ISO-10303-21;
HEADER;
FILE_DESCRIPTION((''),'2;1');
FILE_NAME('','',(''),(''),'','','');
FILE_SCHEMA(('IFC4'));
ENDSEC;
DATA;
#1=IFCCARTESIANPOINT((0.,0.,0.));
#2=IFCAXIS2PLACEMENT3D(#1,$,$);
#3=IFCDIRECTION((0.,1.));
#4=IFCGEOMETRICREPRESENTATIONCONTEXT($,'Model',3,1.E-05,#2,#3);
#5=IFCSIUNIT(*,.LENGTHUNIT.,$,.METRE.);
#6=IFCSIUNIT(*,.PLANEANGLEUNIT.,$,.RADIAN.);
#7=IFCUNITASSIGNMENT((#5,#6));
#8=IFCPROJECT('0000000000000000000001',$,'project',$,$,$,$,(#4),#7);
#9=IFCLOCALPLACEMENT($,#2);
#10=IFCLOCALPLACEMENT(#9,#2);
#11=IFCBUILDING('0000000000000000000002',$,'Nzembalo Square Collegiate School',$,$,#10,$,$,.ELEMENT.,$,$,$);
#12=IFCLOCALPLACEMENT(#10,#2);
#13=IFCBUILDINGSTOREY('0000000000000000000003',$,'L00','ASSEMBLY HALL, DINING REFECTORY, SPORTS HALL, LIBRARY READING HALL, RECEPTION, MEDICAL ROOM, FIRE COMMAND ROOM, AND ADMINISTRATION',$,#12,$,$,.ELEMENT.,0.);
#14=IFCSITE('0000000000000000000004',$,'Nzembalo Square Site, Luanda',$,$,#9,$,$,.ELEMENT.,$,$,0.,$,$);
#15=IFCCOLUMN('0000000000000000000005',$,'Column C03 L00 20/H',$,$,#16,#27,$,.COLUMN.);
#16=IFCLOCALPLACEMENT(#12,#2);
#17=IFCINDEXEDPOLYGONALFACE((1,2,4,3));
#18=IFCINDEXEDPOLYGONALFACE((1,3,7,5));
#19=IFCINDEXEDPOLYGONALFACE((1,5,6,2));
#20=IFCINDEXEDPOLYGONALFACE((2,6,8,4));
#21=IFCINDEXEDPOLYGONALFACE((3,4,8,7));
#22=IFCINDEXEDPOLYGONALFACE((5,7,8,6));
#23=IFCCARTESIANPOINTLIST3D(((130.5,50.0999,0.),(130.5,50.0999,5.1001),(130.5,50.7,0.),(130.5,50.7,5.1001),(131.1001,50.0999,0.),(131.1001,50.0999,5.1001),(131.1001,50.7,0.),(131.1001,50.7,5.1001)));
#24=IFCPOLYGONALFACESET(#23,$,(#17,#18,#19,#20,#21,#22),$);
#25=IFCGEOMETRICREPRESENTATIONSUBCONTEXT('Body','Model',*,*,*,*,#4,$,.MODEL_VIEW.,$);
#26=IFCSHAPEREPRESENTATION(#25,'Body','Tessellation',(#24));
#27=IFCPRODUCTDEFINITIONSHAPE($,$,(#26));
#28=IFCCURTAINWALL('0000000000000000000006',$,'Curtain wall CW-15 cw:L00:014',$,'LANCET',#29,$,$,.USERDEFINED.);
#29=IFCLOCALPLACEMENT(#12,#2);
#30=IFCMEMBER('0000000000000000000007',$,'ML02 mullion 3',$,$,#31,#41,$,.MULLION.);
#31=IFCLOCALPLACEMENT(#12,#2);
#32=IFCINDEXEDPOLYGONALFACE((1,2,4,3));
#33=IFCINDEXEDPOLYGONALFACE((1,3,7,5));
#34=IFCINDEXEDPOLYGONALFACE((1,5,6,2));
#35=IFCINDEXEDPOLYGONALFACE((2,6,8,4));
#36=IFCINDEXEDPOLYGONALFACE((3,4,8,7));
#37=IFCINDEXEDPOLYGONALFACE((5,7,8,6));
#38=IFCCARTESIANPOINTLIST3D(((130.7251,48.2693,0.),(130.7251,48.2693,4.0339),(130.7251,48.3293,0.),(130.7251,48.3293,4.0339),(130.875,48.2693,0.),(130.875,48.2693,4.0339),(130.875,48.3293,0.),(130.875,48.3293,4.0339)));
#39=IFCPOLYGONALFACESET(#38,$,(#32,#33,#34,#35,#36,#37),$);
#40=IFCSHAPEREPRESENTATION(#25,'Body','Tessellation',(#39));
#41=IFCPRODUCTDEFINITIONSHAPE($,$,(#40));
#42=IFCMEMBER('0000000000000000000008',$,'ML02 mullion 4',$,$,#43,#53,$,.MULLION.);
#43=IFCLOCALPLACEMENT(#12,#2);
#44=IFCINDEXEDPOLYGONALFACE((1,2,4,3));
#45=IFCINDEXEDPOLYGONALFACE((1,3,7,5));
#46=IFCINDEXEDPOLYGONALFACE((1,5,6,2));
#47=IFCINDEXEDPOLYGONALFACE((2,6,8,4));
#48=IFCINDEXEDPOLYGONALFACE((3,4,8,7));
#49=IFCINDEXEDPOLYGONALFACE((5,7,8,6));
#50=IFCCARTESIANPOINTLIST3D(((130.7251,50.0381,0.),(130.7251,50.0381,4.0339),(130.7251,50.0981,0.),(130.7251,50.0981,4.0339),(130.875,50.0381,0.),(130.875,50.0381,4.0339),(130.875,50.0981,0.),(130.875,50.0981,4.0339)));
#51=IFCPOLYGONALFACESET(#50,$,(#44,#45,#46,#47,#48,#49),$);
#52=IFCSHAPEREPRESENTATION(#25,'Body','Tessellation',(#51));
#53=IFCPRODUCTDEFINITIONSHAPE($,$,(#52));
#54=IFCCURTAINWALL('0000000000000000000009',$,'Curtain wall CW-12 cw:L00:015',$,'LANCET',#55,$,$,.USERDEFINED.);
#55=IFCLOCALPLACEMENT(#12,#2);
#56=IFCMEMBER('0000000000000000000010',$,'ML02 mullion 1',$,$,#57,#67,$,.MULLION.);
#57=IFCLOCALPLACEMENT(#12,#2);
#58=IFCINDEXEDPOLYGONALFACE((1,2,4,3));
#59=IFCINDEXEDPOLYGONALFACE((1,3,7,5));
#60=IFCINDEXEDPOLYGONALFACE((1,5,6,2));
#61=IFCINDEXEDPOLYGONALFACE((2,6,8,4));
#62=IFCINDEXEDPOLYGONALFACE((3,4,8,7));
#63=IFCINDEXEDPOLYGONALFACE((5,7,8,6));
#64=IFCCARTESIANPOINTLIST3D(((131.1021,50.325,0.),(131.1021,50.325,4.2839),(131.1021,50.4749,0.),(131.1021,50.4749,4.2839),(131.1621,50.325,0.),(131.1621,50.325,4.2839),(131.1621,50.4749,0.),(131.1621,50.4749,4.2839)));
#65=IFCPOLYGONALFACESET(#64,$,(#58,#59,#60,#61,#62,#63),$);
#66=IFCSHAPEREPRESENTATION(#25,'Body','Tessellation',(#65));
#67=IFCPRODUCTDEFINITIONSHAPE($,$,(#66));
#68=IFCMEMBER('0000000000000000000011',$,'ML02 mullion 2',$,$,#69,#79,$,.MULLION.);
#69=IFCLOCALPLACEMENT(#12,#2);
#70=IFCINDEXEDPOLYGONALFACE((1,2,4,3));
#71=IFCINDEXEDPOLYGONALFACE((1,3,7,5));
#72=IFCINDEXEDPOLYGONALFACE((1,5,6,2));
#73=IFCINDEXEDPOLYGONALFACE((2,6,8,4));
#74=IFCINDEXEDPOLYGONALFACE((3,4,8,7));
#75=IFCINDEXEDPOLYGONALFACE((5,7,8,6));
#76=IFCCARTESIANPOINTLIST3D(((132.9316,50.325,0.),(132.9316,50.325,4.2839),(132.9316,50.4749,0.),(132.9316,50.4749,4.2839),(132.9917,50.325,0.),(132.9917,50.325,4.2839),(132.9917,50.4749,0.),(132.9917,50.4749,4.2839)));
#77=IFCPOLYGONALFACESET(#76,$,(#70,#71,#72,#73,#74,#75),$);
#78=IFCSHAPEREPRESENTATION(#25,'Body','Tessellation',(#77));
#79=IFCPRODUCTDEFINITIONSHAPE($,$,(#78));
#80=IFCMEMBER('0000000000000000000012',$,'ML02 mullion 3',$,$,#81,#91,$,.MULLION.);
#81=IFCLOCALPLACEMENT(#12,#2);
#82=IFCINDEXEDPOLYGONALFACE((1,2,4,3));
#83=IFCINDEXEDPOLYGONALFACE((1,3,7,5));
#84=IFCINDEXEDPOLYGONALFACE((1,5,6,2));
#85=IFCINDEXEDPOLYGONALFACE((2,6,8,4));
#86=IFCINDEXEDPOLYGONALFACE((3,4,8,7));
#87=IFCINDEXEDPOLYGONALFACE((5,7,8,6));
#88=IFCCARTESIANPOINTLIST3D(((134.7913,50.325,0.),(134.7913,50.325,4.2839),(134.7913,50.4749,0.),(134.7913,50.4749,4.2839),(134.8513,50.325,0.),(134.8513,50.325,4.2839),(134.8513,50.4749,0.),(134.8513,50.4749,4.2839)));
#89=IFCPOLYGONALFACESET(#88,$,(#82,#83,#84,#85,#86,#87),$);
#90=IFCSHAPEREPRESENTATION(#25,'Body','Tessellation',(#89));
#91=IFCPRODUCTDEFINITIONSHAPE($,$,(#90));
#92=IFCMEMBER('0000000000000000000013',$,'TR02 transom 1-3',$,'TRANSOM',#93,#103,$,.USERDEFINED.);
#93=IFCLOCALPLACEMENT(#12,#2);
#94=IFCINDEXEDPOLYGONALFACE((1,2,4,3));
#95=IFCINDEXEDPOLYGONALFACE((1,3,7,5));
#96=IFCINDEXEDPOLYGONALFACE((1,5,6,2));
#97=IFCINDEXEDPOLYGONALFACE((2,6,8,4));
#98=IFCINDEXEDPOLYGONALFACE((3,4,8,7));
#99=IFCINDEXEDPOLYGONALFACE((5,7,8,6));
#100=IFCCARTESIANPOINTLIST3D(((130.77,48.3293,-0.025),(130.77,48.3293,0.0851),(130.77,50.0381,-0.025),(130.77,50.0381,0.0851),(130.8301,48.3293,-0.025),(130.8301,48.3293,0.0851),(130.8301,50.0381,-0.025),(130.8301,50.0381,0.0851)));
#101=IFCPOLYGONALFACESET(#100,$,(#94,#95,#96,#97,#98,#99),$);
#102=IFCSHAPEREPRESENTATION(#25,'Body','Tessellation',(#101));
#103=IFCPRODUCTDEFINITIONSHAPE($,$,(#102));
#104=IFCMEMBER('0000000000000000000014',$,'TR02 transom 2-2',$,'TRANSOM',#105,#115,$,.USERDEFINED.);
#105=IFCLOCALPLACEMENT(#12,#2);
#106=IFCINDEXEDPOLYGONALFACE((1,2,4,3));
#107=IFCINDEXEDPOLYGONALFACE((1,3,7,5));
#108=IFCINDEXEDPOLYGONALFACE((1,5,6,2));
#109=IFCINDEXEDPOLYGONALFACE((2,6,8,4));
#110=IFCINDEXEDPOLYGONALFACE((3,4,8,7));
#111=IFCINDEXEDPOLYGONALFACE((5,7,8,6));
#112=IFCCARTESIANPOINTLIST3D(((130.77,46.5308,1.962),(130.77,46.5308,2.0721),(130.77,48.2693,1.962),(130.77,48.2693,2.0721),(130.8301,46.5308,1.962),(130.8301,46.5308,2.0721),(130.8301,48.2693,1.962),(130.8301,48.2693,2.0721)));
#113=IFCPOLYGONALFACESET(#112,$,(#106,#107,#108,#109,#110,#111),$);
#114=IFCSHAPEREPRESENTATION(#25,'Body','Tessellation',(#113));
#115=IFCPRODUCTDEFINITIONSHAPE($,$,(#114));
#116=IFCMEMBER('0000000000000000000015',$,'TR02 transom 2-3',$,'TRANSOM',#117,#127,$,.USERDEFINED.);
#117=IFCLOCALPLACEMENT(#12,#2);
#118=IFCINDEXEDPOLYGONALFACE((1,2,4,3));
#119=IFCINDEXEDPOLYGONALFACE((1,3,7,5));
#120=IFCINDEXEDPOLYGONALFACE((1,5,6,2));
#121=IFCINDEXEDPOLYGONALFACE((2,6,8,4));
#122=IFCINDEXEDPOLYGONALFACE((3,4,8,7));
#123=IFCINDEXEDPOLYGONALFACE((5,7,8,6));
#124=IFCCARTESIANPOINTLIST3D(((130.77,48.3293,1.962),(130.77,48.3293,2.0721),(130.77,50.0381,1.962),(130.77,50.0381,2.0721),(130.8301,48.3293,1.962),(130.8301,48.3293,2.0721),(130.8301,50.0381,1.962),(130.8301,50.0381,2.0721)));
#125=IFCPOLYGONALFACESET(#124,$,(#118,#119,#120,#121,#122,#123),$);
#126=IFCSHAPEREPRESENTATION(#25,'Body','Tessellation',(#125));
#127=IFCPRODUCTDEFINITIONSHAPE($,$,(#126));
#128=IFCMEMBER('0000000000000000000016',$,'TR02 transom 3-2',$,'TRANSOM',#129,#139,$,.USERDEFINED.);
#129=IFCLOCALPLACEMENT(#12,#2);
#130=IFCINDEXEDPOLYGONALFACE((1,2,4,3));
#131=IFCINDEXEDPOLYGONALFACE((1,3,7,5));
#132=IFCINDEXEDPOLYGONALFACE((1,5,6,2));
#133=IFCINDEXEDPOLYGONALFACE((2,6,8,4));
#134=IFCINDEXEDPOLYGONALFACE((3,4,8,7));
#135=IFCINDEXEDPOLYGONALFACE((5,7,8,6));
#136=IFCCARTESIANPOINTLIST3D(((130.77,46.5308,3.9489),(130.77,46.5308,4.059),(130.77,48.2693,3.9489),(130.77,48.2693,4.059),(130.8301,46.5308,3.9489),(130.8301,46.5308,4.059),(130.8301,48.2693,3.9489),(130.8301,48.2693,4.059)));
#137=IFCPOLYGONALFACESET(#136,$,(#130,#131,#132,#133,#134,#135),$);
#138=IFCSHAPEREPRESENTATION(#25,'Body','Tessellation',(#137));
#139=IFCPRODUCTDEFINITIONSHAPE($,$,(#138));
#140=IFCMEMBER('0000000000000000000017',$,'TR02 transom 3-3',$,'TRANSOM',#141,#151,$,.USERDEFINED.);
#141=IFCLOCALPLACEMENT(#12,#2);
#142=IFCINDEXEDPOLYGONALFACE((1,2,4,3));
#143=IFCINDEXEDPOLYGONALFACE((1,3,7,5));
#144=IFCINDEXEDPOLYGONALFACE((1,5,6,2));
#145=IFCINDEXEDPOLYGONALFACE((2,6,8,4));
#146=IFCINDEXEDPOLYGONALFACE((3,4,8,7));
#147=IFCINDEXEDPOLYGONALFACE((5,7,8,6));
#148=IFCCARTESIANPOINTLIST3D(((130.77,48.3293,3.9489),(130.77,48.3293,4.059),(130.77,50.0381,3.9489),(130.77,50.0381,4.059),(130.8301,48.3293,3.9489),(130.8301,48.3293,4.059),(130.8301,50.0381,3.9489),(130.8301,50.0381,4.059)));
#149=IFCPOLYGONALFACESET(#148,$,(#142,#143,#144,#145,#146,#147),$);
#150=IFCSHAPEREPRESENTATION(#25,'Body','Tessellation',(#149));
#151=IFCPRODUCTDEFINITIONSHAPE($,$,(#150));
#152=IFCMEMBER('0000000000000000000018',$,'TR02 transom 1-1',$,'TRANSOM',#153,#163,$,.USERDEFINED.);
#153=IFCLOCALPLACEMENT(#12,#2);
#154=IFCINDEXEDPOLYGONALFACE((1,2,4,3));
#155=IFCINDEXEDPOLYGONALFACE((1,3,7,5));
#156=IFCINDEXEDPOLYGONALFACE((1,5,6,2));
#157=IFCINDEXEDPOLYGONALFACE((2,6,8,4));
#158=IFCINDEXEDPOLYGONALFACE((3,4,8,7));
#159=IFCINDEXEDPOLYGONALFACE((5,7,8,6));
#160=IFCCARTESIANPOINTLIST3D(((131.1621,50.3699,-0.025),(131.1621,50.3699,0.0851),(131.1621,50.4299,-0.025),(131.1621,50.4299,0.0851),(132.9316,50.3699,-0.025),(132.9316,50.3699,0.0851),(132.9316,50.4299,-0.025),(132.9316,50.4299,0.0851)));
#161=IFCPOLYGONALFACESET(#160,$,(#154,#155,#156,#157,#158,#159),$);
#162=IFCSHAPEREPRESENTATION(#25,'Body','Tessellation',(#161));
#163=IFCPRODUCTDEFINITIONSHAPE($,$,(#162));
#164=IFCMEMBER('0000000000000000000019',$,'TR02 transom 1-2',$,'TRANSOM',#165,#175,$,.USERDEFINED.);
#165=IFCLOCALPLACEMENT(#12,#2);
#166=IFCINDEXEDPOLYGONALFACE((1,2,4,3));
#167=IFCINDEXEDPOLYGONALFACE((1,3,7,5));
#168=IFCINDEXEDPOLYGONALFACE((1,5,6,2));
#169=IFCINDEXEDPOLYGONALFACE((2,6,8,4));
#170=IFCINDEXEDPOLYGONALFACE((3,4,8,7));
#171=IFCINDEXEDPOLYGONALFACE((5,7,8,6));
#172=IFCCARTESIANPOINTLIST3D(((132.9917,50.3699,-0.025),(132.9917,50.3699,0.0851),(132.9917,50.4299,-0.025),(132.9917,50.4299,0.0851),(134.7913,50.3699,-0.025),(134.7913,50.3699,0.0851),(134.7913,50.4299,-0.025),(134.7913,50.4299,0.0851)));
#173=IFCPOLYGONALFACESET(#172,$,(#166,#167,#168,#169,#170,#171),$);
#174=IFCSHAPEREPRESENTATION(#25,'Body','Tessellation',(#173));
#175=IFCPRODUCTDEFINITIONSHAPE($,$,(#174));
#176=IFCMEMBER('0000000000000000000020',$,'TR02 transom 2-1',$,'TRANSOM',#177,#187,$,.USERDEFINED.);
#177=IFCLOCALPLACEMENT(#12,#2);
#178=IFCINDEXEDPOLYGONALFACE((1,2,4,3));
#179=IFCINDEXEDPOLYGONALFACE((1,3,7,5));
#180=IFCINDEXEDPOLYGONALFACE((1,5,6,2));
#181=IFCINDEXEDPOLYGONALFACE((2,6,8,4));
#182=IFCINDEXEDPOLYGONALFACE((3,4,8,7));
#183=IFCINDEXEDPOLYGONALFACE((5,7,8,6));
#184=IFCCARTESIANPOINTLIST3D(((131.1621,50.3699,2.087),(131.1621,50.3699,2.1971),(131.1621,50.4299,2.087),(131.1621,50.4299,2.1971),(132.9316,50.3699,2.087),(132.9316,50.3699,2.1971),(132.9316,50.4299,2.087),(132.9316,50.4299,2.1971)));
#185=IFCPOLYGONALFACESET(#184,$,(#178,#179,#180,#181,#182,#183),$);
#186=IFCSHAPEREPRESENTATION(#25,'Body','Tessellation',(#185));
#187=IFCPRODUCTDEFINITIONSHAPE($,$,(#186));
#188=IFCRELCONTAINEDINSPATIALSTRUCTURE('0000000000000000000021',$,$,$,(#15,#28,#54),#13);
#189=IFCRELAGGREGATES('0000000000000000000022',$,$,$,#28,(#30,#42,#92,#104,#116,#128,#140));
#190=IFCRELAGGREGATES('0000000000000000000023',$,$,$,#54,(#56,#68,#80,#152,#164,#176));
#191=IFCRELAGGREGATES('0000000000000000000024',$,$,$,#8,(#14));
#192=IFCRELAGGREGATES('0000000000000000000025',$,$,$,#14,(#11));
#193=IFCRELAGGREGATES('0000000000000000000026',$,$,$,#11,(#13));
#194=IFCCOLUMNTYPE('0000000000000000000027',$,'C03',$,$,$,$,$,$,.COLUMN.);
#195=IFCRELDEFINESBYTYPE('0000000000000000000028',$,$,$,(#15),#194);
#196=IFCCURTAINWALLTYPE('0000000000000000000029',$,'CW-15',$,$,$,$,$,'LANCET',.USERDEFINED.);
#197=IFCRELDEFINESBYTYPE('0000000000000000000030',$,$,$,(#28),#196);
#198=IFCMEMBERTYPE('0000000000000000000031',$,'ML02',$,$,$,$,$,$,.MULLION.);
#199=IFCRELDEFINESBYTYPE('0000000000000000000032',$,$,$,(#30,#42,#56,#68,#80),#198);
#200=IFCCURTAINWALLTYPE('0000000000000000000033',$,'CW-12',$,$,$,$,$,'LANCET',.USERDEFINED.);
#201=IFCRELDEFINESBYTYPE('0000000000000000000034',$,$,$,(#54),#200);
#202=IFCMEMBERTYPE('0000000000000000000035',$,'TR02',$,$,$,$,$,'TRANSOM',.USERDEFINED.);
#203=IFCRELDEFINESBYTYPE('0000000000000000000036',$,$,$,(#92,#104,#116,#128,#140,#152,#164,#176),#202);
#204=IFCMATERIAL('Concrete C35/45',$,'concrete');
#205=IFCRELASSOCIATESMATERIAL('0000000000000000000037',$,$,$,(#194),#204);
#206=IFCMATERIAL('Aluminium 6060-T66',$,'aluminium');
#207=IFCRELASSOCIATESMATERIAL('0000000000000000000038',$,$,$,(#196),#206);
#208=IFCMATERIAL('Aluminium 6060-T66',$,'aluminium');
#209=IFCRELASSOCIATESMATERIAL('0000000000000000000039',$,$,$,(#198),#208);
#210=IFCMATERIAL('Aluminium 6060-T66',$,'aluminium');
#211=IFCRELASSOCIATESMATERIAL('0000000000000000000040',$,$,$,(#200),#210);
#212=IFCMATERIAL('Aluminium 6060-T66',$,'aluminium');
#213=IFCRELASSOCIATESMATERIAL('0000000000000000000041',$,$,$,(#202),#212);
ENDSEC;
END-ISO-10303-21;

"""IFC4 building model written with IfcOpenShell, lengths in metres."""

from ifc_helpers import new_model, si_unit, direction, frame, origin, origin_2d, place, context, subcontext, project, spatial, rectangle, extrude, material, material_profile, profile_set, type_object, element, aggregate, save


model = new_model("IFC4")

# Units and contexts
model_context = context("Model", 3, precision=1e-05, world=origin(), true_north=direction((0.0, 1.0)))
body_context = subcontext(model_context, "Body", "Model", "MODEL_VIEW")
ifc_project = project(units=[si_unit("LENGTHUNIT", "METRE"), si_unit("PLANEANGLEUNIT", "RADIAN")], contexts=[model_context])

# Site, building, storey
site_placement = place(None, origin())
site = spatial("IfcSite", under=ifc_project, at=site_placement, Name="Nzembalo Square Site, Luanda", CompositionType="ELEMENT", RefElevation=0.0)
building_placement = place(site_placement, origin())
building = spatial("IfcBuilding", under=site, at=building_placement, Name="Nzembalo Square Collegiate School", CompositionType="ELEMENT")
storey_placement = place(building_placement, origin())
storey = spatial("IfcBuildingStorey", under=building, at=storey_placement, Name="L00", Description="ASSEMBLY HALL, DINING REFECTORY, SPORTS HALL, LIBRARY READING HALL, RECEPTION, MEDICAL ROOM, FIRE COMMAND ROOM, AND ADMINISTRATION", CompositionType="ELEMENT", Elevation=0.0)

# Column
ifc_material_1 = material(Name="Concrete C35/45", Category="concrete")
ifc_material_profile_1 = material_profile(ifc_material_1, rectangle(XDim=0.6001, YDim=0.6001, at=origin_2d()), Name="RC 600x600")
ifc_profile_set_1 = profile_set([ifc_material_profile_1], Name="Concrete C35/45")
column_type = type_object("IfcColumnType", Name="C03", PredefinedType="COLUMN", material=ifc_profile_set_1)
column_placement = place(storey_placement, frame((130.8, 50.3999, 0.0), z_axis=(0.0, 0.0, 1.0), x_axis=(1.0, 0.0, 0.0)))
element("IfcColumn", 1, at=column_placement, inside=storey, type_object=column_type, Name="Column C03 L00 20/H", PredefinedType="COLUMN", context=body_context, shape_type="SweptSolid", body=[
    extrude(rectangle(XDim=0.6001, YDim=0.6001, at=origin_2d()), origin(), (0.0, 0.0, 1.0), 5.1001),
])

# Curtain walls, members
ifc_material_2 = material(Name="Aluminium 6060-T66", Category="aluminium")
curtain_wall_type_1 = type_object("IfcCurtainWallType", Name="CW-15", ElementType="LANCET", PredefinedType="USERDEFINED", material=ifc_material_2)
curtain_wall_1_placement = place(storey_placement, origin())
curtain_wall_1 = element("IfcCurtainWall", 2, at=curtain_wall_1_placement, inside=storey, type_object=curtain_wall_type_1, Name="Curtain wall CW-15 cw:L00:014", ObjectType="LANCET", PredefinedType="USERDEFINED")
ifc_material_3 = material(Name="Aluminium 6060-T66", Category="aluminium")
ifc_material_profile_2 = material_profile(ifc_material_3, rectangle(XDim=0.0601, YDim=0.1499, at=origin_2d()), Name="ALU M60x150")
ifc_profile_set_2 = profile_set([ifc_material_profile_2], Name="Aluminium 6060-T66")
member_type_1 = type_object("IfcMemberType", Name="ML02", PredefinedType="MULLION", material=ifc_profile_set_2)
member_1_placement = place(storey_placement, frame((130.8, 48.2993, 0.0), z_axis=(0.0, 0.0, 1.0), x_axis=(0.0, 1.0, 0.0)))
member_1 = element("IfcMember", 3, at=member_1_placement, type_object=member_type_1, Name="ML02 mullion 3", PredefinedType="MULLION", context=body_context, shape_type="SweptSolid", body=[
    extrude(rectangle(XDim=0.0601, YDim=0.1499, at=origin_2d()), origin(), (0.0, 0.0, 1.0), 4.0339),
])
member_2_placement = place(storey_placement, frame((130.8, 50.0681, 0.0), z_axis=(0.0, 0.0, 1.0), x_axis=(0.0, 1.0, 0.0)))
member_2 = element("IfcMember", 4, at=member_2_placement, type_object=member_type_1, Name="ML02 mullion 4", PredefinedType="MULLION", context=body_context, shape_type="SweptSolid", body=[
    extrude(rectangle(XDim=0.0601, YDim=0.1499, at=origin_2d()), origin(), (0.0, 0.0, 1.0), 4.0339),
])
ifc_material_4 = material(Name="Aluminium 6060-T66", Category="aluminium")
curtain_wall_type_2 = type_object("IfcCurtainWallType", Name="CW-12", ElementType="LANCET", PredefinedType="USERDEFINED", material=ifc_material_4)
curtain_wall_2_placement = place(storey_placement, origin())
curtain_wall_2 = element("IfcCurtainWall", 5, at=curtain_wall_2_placement, inside=storey, type_object=curtain_wall_type_2, Name="Curtain wall CW-12 cw:L00:015", ObjectType="LANCET", PredefinedType="USERDEFINED")
member_3_placement = place(storey_placement, frame((131.1321, 50.3999, 0.0), z_axis=(0.0, 0.0, 1.0), x_axis=(1.0, 0.0, 0.0)))
member_3 = element("IfcMember", 6, at=member_3_placement, type_object=member_type_1, Name="ML02 mullion 1", PredefinedType="MULLION", context=body_context, shape_type="SweptSolid", body=[
    extrude(rectangle(XDim=0.0601, YDim=0.1499, at=origin_2d()), origin(), (0.0, 0.0, 1.0), 4.2839),
])
member_4_placement = place(storey_placement, frame((132.9617, 50.3999, 0.0), z_axis=(0.0, 0.0, 1.0), x_axis=(1.0, 0.0, 0.0)))
member_4 = element("IfcMember", 7, at=member_4_placement, type_object=member_type_1, Name="ML02 mullion 2", PredefinedType="MULLION", context=body_context, shape_type="SweptSolid", body=[
    extrude(rectangle(XDim=0.0601, YDim=0.1499, at=origin_2d()), origin(), (0.0, 0.0, 1.0), 4.2839),
])
member_5_placement = place(storey_placement, frame((134.8213, 50.3999, 0.0), z_axis=(0.0, 0.0, 1.0), x_axis=(1.0, 0.0, 0.0)))
member_5 = element("IfcMember", 8, at=member_5_placement, type_object=member_type_1, Name="ML02 mullion 3", PredefinedType="MULLION", context=body_context, shape_type="SweptSolid", body=[
    extrude(rectangle(XDim=0.0601, YDim=0.1499, at=origin_2d()), origin(), (0.0, 0.0, 1.0), 4.2839),
])

# Members
ifc_material_5 = material(Name="Aluminium 6060-T66", Category="aluminium")
ifc_material_profile_3 = material_profile(ifc_material_5, rectangle(XDim=0.0601, YDim=0.1101, at=origin_2d()), Name="ALU T60x110")
ifc_profile_set_3 = profile_set([ifc_material_profile_3], Name="Aluminium 6060-T66")
member_type_2 = type_object("IfcMemberType", Name="TR02", ElementType="TRANSOM", PredefinedType="USERDEFINED", material=ifc_profile_set_3)
member_6_placement = place(storey_placement, frame((130.8, 48.3293, 0.03), z_axis=(0.0, 1.0, 0.0), x_axis=(-1.0, 0.0, 0.0)))
member_6 = element("IfcMember", 9, at=member_6_placement, type_object=member_type_2, Name="TR02 transom 1-3", ObjectType="TRANSOM", PredefinedType="USERDEFINED", context=body_context, shape_type="SweptSolid", body=[
    extrude(rectangle(XDim=0.0601, YDim=0.1101, at=origin_2d()), origin(), (0.0, 0.0, 1.0), 1.7087),
])
member_7_placement = place(storey_placement, frame((130.8, 46.5308, 2.0171), z_axis=(0.0, 1.0, 0.0), x_axis=(-1.0, 0.0, 0.0)))
member_7 = element("IfcMember", 10, at=member_7_placement, type_object=member_type_2, Name="TR02 transom 2-2", ObjectType="TRANSOM", PredefinedType="USERDEFINED", context=body_context, shape_type="SweptSolid", body=[
    extrude(rectangle(XDim=0.0601, YDim=0.1101, at=origin_2d()), origin(), (0.0, 0.0, 1.0), 1.7385),
])
member_8_placement = place(storey_placement, frame((130.8, 48.3293, 2.0171), z_axis=(0.0, 1.0, 0.0), x_axis=(-1.0, 0.0, 0.0)))
member_8 = element("IfcMember", 11, at=member_8_placement, type_object=member_type_2, Name="TR02 transom 2-3", ObjectType="TRANSOM", PredefinedType="USERDEFINED", context=body_context, shape_type="SweptSolid", body=[
    extrude(rectangle(XDim=0.0601, YDim=0.1101, at=origin_2d()), origin(), (0.0, 0.0, 1.0), 1.7087),
])
member_9_placement = place(storey_placement, frame((130.8, 46.5308, 4.0039), z_axis=(0.0, 1.0, 0.0), x_axis=(-1.0, 0.0, 0.0)))
member_9 = element("IfcMember", 12, at=member_9_placement, type_object=member_type_2, Name="TR02 transom 3-2", ObjectType="TRANSOM", PredefinedType="USERDEFINED", context=body_context, shape_type="SweptSolid", body=[
    extrude(rectangle(XDim=0.0601, YDim=0.1101, at=origin_2d()), origin(), (0.0, 0.0, 1.0), 1.7385),
])
member_10_placement = place(storey_placement, frame((130.8, 48.3293, 4.0039), z_axis=(0.0, 1.0, 0.0), x_axis=(-1.0, 0.0, 0.0)))
member_10 = element("IfcMember", 13, at=member_10_placement, type_object=member_type_2, Name="TR02 transom 3-3", ObjectType="TRANSOM", PredefinedType="USERDEFINED", context=body_context, shape_type="SweptSolid", body=[
    extrude(rectangle(XDim=0.0601, YDim=0.1101, at=origin_2d()), origin(), (0.0, 0.0, 1.0), 1.7087),
])
member_11_placement = place(storey_placement, frame((131.1621, 50.3999, 0.03), z_axis=(1.0, 0.0, 0.0), x_axis=(0.0, 1.0, 0.0)))
member_11 = element("IfcMember", 14, at=member_11_placement, type_object=member_type_2, Name="TR02 transom 1-1", ObjectType="TRANSOM", PredefinedType="USERDEFINED", context=body_context, shape_type="SweptSolid", body=[
    extrude(rectangle(XDim=0.0601, YDim=0.1101, at=origin_2d()), origin(), (0.0, 0.0, 1.0), 1.7695),
])
member_12_placement = place(storey_placement, frame((132.9917, 50.3999, 0.03), z_axis=(1.0, 0.0, 0.0), x_axis=(0.0, 1.0, 0.0)))
member_12 = element("IfcMember", 15, at=member_12_placement, type_object=member_type_2, Name="TR02 transom 1-2", ObjectType="TRANSOM", PredefinedType="USERDEFINED", context=body_context, shape_type="SweptSolid", body=[
    extrude(rectangle(XDim=0.0601, YDim=0.1101, at=origin_2d()), origin(), (0.0, 0.0, 1.0), 1.7996),
])
member_13_placement = place(storey_placement, frame((131.1621, 50.3999, 2.1421), z_axis=(1.0, 0.0, 0.0), x_axis=(0.0, 1.0, 0.0)))
member_13 = element("IfcMember", 16, at=member_13_placement, type_object=member_type_2, Name="TR02 transom 2-1", ObjectType="TRANSOM", PredefinedType="USERDEFINED", context=body_context, shape_type="SweptSolid", body=[
    extrude(rectangle(XDim=0.0601, YDim=0.1101, at=origin_2d()), origin(), (0.0, 0.0, 1.0), 1.7695),
])

aggregate(curtain_wall_1, [member_1, member_2, member_6, member_7, member_8, member_9, member_10])
aggregate(curtain_wall_2, [member_3, member_4, member_5, member_11, member_12, member_13])

save(model, "model.ifc")
